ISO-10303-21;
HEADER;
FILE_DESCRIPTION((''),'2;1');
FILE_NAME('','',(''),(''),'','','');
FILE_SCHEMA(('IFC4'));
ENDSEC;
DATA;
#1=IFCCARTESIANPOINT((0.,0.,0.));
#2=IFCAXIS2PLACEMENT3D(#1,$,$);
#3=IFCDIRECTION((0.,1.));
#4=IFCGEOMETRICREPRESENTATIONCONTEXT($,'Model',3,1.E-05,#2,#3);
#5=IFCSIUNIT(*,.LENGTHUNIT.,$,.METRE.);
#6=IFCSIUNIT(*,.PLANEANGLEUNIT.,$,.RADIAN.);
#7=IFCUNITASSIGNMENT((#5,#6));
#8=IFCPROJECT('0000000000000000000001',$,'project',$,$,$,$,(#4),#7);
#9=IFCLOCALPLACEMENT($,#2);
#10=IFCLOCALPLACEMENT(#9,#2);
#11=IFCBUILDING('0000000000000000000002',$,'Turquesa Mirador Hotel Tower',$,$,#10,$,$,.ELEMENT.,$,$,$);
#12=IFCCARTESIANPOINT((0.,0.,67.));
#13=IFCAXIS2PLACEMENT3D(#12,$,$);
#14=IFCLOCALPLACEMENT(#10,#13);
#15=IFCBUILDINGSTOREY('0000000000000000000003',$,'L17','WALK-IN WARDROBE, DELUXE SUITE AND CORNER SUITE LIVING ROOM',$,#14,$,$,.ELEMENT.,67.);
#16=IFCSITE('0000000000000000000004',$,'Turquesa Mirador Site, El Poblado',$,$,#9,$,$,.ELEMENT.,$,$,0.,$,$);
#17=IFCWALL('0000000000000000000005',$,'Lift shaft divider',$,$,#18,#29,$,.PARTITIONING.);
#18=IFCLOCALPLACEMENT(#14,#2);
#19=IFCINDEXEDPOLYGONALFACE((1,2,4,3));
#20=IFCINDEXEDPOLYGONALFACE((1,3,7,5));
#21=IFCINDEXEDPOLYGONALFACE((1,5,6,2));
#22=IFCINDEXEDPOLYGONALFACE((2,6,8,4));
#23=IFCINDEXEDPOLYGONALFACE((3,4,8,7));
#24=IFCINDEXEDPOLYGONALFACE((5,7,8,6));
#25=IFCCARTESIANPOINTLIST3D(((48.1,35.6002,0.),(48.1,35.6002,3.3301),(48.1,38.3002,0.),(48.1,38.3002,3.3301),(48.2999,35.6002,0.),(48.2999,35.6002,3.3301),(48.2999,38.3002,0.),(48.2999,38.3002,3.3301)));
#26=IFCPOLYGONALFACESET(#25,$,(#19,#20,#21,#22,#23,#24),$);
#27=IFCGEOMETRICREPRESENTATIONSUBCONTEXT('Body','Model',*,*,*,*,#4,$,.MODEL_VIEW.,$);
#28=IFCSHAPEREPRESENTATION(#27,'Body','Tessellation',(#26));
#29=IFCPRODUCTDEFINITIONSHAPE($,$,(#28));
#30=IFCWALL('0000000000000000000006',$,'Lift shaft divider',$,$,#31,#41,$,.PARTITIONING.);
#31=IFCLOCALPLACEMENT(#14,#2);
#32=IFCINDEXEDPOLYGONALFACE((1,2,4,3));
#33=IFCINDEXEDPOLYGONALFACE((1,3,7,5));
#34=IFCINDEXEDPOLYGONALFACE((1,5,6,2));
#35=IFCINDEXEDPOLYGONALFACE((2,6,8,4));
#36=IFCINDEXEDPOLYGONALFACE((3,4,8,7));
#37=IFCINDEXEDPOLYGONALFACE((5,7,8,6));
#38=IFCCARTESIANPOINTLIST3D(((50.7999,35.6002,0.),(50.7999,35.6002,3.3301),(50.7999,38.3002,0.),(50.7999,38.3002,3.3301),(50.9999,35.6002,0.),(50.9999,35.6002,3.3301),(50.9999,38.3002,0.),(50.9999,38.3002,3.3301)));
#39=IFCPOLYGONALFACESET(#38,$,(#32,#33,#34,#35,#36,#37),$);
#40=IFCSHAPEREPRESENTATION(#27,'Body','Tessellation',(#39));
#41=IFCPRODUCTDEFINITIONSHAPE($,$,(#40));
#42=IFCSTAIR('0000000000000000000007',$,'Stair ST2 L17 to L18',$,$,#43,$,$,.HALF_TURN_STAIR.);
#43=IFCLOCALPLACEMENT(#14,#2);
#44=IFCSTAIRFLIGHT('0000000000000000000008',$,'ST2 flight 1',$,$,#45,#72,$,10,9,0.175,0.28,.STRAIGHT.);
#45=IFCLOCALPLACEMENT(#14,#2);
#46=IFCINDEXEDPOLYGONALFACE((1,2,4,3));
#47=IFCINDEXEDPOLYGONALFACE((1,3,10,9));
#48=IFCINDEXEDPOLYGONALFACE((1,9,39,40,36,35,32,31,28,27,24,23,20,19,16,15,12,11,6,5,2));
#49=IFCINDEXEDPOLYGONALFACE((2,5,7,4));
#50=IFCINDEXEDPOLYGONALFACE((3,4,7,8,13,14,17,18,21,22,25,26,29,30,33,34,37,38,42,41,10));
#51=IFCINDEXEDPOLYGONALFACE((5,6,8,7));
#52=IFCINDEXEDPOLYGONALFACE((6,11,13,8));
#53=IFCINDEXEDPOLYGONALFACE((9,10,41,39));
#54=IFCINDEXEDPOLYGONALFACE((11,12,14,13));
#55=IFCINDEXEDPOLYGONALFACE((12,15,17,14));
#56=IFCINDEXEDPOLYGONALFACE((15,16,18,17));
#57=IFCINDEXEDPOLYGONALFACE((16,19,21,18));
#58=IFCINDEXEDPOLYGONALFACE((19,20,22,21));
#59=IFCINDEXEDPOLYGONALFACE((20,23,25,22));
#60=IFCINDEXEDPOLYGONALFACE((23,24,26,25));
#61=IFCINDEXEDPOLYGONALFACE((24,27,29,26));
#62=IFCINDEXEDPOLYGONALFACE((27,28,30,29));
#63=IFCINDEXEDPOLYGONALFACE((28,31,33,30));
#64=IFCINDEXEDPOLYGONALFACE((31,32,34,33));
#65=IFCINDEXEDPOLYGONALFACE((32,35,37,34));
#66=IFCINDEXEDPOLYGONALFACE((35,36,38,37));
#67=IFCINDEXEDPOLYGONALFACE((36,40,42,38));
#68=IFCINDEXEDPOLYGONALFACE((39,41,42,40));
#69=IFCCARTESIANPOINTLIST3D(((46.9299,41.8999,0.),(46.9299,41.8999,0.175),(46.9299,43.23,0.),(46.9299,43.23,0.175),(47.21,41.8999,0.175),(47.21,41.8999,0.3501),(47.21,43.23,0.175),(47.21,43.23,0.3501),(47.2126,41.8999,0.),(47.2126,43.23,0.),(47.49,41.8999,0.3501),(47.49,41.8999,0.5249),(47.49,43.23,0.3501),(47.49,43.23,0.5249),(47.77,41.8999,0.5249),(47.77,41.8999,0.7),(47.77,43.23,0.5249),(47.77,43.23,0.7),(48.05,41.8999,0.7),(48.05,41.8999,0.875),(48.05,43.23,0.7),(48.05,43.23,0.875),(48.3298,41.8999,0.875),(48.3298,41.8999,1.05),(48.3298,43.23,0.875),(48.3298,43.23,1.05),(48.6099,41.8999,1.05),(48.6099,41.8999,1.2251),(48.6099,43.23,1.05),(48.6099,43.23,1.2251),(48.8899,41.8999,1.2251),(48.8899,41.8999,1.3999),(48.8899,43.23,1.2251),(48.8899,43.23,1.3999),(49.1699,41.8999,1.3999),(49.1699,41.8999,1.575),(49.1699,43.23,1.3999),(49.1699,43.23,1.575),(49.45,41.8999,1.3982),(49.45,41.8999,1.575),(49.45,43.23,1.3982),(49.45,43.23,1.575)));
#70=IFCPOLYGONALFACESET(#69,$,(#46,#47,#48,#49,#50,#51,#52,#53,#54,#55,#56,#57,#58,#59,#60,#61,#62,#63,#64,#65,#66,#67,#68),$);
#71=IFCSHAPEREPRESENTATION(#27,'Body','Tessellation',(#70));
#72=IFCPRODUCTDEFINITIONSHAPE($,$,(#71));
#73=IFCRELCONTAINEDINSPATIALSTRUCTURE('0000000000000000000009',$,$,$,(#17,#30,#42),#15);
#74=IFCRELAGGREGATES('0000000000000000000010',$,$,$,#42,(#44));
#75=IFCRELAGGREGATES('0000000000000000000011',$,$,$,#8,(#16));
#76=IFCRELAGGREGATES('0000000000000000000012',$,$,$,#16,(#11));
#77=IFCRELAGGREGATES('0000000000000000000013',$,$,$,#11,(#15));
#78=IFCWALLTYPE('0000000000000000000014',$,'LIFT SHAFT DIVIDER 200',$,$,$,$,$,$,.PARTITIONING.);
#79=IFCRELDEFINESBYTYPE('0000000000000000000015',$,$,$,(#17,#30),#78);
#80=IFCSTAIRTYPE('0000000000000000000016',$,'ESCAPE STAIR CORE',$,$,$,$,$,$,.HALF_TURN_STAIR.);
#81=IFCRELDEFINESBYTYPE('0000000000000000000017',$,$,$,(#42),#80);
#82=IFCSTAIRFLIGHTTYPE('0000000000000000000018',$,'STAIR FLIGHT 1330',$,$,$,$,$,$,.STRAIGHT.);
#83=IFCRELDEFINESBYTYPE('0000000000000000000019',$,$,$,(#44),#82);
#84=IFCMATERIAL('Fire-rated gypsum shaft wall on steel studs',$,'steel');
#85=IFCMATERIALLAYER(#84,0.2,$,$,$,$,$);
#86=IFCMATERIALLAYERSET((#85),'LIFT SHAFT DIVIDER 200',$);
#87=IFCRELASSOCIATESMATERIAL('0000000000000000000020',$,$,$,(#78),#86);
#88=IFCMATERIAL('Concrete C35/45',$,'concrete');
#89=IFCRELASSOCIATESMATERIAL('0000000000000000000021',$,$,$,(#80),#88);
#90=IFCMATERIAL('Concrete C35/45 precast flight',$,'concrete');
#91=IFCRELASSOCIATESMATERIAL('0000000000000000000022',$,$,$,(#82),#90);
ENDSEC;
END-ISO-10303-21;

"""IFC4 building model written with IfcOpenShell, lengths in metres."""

from ifc_helpers import new_model, si_unit, direction, frame, frame_2d, origin, place, context, subcontext, project, spatial, polyline, rectangle, outline, extrude, material, layer, layer_set, type_object, element, aggregate, save


model = new_model("IFC4")

# Units and contexts
model_context = context("Model", 3, precision=1e-05, world=origin(), true_north=direction((0.0, 1.0)))
body_context = subcontext(model_context, "Body", "Model", "MODEL_VIEW")
ifc_project = project(units=[si_unit("LENGTHUNIT", "METRE"), si_unit("PLANEANGLEUNIT", "RADIAN")], contexts=[model_context])

# Site, building, storey
site_placement = place(None, origin())
site = spatial("IfcSite", under=ifc_project, at=site_placement, Name="Turquesa Mirador Site, El Poblado", CompositionType="ELEMENT", RefElevation=0.0)
building_placement = place(site_placement, origin())
building = spatial("IfcBuilding", under=site, at=building_placement, Name="Turquesa Mirador Hotel Tower", CompositionType="ELEMENT")
storey_placement = place(building_placement, frame((0.0, 0.0, 67.0)))
storey = spatial("IfcBuildingStorey", under=building, at=storey_placement, Name="L17", Description="WALK-IN WARDROBE, DELUXE SUITE AND CORNER SUITE LIVING ROOM", CompositionType="ELEMENT", Elevation=67.0)

# Walls
ifc_material_1 = material(Name="Fire-rated gypsum shaft wall on steel studs", Category="steel")
ifc_layer_1 = layer(ifc_material_1, 0.2)
ifc_layer_set_1 = layer_set([ifc_layer_1], Name="LIFT SHAFT DIVIDER 200")
wall_type_1 = type_object("IfcWallType", Name="LIFT SHAFT DIVIDER 200", PredefinedType="PARTITIONING", material=ifc_layer_set_1)
for number, where, z_axis, x_axis, name in (
    (1, (48.2, 35.6001, 0.0), (0.0, 0.0, 1.0), (0.0, 1.0, 0.0), "Lift shaft divider"),
    (2, (50.8999, 35.6001, 0.0), (0.0, 0.0, 1.0), (0.0, 1.0, 0.0), "Lift shaft divider"),
):
    element("IfcWall", number, at=place(storey_placement, frame(where, z_axis=z_axis, x_axis=x_axis)), inside=storey, type_object=wall_type_1, Name=name, PredefinedType="PARTITIONING", context=body_context, shape_type="SweptSolid", body=[
        extrude(rectangle(XDim=2.7, YDim=0.2, at=frame_2d((1.3501, 0.0))), origin(), (0.0, 0.0, 1.0), 3.3301),
    ])

# Stair, stair flight
ifc_material_2 = material(Name="Concrete C35/45", Category="concrete")
stair_type = type_object("IfcStairType", Name="ESCAPE STAIR CORE", PredefinedType="HALF_TURN_STAIR", material=ifc_material_2)
stair_placement = place(storey_placement, origin())
stair = element("IfcStair", 3, at=stair_placement, inside=storey, type_object=stair_type, Name="Stair ST2 L17 to L18", PredefinedType="HALF_TURN_STAIR")
ifc_material_3 = material(Name="Concrete C35/45 precast flight", Category="concrete")
stair_flight_type = type_object("IfcStairFlightType", Name="STAIR FLIGHT 1330", PredefinedType="STRAIGHT", material=ifc_material_3)
stair_flight_placement = place(storey_placement, frame((46.9299, 42.5649, 0.0), z_axis=(0.0, 0.0, 1.0), x_axis=(1.0, 0.0, 0.0)))
stair_flight = element("IfcStairFlight", 4, at=stair_flight_placement, type_object=stair_flight_type, Name="ST2 flight 1", NumberOfRisers=10, NumberOfTreads=9, PredefinedType="STRAIGHT", RiserHeight=0.175, TreadLength=0.28, context=body_context, shape_type="SweptSolid", body=[
    extrude(outline(polyline([(0.0, 0.0), (0.0, 0.175), (0.28, 0.175), (0.28, 0.3501), (0.5601, 0.3501), (0.5601, 0.5249), (0.8401, 0.5249), (0.8401, 0.7), (1.1201, 0.7), (1.1201, 0.875), (1.3999, 0.875), (1.3999, 1.05), (1.6799, 1.05), (1.6799, 1.2251), (1.96, 1.2251), (1.96, 1.3999), (2.24, 1.3999), (2.24, 1.575), (2.52, 1.575), (2.52, 1.75), (2.52, 1.3982), (0.2827, 0.0), (0.0, 0.0)])), frame((0.0, 0.665, 0.0), z_axis=(0.0, -1.0, 0.0), x_axis=(1.0, 0.0, 0.0)), (0.0, 0.0, 1.0), 1.3301),
])
aggregate(stair, [stair_flight])

save(model, "model.ifc")
